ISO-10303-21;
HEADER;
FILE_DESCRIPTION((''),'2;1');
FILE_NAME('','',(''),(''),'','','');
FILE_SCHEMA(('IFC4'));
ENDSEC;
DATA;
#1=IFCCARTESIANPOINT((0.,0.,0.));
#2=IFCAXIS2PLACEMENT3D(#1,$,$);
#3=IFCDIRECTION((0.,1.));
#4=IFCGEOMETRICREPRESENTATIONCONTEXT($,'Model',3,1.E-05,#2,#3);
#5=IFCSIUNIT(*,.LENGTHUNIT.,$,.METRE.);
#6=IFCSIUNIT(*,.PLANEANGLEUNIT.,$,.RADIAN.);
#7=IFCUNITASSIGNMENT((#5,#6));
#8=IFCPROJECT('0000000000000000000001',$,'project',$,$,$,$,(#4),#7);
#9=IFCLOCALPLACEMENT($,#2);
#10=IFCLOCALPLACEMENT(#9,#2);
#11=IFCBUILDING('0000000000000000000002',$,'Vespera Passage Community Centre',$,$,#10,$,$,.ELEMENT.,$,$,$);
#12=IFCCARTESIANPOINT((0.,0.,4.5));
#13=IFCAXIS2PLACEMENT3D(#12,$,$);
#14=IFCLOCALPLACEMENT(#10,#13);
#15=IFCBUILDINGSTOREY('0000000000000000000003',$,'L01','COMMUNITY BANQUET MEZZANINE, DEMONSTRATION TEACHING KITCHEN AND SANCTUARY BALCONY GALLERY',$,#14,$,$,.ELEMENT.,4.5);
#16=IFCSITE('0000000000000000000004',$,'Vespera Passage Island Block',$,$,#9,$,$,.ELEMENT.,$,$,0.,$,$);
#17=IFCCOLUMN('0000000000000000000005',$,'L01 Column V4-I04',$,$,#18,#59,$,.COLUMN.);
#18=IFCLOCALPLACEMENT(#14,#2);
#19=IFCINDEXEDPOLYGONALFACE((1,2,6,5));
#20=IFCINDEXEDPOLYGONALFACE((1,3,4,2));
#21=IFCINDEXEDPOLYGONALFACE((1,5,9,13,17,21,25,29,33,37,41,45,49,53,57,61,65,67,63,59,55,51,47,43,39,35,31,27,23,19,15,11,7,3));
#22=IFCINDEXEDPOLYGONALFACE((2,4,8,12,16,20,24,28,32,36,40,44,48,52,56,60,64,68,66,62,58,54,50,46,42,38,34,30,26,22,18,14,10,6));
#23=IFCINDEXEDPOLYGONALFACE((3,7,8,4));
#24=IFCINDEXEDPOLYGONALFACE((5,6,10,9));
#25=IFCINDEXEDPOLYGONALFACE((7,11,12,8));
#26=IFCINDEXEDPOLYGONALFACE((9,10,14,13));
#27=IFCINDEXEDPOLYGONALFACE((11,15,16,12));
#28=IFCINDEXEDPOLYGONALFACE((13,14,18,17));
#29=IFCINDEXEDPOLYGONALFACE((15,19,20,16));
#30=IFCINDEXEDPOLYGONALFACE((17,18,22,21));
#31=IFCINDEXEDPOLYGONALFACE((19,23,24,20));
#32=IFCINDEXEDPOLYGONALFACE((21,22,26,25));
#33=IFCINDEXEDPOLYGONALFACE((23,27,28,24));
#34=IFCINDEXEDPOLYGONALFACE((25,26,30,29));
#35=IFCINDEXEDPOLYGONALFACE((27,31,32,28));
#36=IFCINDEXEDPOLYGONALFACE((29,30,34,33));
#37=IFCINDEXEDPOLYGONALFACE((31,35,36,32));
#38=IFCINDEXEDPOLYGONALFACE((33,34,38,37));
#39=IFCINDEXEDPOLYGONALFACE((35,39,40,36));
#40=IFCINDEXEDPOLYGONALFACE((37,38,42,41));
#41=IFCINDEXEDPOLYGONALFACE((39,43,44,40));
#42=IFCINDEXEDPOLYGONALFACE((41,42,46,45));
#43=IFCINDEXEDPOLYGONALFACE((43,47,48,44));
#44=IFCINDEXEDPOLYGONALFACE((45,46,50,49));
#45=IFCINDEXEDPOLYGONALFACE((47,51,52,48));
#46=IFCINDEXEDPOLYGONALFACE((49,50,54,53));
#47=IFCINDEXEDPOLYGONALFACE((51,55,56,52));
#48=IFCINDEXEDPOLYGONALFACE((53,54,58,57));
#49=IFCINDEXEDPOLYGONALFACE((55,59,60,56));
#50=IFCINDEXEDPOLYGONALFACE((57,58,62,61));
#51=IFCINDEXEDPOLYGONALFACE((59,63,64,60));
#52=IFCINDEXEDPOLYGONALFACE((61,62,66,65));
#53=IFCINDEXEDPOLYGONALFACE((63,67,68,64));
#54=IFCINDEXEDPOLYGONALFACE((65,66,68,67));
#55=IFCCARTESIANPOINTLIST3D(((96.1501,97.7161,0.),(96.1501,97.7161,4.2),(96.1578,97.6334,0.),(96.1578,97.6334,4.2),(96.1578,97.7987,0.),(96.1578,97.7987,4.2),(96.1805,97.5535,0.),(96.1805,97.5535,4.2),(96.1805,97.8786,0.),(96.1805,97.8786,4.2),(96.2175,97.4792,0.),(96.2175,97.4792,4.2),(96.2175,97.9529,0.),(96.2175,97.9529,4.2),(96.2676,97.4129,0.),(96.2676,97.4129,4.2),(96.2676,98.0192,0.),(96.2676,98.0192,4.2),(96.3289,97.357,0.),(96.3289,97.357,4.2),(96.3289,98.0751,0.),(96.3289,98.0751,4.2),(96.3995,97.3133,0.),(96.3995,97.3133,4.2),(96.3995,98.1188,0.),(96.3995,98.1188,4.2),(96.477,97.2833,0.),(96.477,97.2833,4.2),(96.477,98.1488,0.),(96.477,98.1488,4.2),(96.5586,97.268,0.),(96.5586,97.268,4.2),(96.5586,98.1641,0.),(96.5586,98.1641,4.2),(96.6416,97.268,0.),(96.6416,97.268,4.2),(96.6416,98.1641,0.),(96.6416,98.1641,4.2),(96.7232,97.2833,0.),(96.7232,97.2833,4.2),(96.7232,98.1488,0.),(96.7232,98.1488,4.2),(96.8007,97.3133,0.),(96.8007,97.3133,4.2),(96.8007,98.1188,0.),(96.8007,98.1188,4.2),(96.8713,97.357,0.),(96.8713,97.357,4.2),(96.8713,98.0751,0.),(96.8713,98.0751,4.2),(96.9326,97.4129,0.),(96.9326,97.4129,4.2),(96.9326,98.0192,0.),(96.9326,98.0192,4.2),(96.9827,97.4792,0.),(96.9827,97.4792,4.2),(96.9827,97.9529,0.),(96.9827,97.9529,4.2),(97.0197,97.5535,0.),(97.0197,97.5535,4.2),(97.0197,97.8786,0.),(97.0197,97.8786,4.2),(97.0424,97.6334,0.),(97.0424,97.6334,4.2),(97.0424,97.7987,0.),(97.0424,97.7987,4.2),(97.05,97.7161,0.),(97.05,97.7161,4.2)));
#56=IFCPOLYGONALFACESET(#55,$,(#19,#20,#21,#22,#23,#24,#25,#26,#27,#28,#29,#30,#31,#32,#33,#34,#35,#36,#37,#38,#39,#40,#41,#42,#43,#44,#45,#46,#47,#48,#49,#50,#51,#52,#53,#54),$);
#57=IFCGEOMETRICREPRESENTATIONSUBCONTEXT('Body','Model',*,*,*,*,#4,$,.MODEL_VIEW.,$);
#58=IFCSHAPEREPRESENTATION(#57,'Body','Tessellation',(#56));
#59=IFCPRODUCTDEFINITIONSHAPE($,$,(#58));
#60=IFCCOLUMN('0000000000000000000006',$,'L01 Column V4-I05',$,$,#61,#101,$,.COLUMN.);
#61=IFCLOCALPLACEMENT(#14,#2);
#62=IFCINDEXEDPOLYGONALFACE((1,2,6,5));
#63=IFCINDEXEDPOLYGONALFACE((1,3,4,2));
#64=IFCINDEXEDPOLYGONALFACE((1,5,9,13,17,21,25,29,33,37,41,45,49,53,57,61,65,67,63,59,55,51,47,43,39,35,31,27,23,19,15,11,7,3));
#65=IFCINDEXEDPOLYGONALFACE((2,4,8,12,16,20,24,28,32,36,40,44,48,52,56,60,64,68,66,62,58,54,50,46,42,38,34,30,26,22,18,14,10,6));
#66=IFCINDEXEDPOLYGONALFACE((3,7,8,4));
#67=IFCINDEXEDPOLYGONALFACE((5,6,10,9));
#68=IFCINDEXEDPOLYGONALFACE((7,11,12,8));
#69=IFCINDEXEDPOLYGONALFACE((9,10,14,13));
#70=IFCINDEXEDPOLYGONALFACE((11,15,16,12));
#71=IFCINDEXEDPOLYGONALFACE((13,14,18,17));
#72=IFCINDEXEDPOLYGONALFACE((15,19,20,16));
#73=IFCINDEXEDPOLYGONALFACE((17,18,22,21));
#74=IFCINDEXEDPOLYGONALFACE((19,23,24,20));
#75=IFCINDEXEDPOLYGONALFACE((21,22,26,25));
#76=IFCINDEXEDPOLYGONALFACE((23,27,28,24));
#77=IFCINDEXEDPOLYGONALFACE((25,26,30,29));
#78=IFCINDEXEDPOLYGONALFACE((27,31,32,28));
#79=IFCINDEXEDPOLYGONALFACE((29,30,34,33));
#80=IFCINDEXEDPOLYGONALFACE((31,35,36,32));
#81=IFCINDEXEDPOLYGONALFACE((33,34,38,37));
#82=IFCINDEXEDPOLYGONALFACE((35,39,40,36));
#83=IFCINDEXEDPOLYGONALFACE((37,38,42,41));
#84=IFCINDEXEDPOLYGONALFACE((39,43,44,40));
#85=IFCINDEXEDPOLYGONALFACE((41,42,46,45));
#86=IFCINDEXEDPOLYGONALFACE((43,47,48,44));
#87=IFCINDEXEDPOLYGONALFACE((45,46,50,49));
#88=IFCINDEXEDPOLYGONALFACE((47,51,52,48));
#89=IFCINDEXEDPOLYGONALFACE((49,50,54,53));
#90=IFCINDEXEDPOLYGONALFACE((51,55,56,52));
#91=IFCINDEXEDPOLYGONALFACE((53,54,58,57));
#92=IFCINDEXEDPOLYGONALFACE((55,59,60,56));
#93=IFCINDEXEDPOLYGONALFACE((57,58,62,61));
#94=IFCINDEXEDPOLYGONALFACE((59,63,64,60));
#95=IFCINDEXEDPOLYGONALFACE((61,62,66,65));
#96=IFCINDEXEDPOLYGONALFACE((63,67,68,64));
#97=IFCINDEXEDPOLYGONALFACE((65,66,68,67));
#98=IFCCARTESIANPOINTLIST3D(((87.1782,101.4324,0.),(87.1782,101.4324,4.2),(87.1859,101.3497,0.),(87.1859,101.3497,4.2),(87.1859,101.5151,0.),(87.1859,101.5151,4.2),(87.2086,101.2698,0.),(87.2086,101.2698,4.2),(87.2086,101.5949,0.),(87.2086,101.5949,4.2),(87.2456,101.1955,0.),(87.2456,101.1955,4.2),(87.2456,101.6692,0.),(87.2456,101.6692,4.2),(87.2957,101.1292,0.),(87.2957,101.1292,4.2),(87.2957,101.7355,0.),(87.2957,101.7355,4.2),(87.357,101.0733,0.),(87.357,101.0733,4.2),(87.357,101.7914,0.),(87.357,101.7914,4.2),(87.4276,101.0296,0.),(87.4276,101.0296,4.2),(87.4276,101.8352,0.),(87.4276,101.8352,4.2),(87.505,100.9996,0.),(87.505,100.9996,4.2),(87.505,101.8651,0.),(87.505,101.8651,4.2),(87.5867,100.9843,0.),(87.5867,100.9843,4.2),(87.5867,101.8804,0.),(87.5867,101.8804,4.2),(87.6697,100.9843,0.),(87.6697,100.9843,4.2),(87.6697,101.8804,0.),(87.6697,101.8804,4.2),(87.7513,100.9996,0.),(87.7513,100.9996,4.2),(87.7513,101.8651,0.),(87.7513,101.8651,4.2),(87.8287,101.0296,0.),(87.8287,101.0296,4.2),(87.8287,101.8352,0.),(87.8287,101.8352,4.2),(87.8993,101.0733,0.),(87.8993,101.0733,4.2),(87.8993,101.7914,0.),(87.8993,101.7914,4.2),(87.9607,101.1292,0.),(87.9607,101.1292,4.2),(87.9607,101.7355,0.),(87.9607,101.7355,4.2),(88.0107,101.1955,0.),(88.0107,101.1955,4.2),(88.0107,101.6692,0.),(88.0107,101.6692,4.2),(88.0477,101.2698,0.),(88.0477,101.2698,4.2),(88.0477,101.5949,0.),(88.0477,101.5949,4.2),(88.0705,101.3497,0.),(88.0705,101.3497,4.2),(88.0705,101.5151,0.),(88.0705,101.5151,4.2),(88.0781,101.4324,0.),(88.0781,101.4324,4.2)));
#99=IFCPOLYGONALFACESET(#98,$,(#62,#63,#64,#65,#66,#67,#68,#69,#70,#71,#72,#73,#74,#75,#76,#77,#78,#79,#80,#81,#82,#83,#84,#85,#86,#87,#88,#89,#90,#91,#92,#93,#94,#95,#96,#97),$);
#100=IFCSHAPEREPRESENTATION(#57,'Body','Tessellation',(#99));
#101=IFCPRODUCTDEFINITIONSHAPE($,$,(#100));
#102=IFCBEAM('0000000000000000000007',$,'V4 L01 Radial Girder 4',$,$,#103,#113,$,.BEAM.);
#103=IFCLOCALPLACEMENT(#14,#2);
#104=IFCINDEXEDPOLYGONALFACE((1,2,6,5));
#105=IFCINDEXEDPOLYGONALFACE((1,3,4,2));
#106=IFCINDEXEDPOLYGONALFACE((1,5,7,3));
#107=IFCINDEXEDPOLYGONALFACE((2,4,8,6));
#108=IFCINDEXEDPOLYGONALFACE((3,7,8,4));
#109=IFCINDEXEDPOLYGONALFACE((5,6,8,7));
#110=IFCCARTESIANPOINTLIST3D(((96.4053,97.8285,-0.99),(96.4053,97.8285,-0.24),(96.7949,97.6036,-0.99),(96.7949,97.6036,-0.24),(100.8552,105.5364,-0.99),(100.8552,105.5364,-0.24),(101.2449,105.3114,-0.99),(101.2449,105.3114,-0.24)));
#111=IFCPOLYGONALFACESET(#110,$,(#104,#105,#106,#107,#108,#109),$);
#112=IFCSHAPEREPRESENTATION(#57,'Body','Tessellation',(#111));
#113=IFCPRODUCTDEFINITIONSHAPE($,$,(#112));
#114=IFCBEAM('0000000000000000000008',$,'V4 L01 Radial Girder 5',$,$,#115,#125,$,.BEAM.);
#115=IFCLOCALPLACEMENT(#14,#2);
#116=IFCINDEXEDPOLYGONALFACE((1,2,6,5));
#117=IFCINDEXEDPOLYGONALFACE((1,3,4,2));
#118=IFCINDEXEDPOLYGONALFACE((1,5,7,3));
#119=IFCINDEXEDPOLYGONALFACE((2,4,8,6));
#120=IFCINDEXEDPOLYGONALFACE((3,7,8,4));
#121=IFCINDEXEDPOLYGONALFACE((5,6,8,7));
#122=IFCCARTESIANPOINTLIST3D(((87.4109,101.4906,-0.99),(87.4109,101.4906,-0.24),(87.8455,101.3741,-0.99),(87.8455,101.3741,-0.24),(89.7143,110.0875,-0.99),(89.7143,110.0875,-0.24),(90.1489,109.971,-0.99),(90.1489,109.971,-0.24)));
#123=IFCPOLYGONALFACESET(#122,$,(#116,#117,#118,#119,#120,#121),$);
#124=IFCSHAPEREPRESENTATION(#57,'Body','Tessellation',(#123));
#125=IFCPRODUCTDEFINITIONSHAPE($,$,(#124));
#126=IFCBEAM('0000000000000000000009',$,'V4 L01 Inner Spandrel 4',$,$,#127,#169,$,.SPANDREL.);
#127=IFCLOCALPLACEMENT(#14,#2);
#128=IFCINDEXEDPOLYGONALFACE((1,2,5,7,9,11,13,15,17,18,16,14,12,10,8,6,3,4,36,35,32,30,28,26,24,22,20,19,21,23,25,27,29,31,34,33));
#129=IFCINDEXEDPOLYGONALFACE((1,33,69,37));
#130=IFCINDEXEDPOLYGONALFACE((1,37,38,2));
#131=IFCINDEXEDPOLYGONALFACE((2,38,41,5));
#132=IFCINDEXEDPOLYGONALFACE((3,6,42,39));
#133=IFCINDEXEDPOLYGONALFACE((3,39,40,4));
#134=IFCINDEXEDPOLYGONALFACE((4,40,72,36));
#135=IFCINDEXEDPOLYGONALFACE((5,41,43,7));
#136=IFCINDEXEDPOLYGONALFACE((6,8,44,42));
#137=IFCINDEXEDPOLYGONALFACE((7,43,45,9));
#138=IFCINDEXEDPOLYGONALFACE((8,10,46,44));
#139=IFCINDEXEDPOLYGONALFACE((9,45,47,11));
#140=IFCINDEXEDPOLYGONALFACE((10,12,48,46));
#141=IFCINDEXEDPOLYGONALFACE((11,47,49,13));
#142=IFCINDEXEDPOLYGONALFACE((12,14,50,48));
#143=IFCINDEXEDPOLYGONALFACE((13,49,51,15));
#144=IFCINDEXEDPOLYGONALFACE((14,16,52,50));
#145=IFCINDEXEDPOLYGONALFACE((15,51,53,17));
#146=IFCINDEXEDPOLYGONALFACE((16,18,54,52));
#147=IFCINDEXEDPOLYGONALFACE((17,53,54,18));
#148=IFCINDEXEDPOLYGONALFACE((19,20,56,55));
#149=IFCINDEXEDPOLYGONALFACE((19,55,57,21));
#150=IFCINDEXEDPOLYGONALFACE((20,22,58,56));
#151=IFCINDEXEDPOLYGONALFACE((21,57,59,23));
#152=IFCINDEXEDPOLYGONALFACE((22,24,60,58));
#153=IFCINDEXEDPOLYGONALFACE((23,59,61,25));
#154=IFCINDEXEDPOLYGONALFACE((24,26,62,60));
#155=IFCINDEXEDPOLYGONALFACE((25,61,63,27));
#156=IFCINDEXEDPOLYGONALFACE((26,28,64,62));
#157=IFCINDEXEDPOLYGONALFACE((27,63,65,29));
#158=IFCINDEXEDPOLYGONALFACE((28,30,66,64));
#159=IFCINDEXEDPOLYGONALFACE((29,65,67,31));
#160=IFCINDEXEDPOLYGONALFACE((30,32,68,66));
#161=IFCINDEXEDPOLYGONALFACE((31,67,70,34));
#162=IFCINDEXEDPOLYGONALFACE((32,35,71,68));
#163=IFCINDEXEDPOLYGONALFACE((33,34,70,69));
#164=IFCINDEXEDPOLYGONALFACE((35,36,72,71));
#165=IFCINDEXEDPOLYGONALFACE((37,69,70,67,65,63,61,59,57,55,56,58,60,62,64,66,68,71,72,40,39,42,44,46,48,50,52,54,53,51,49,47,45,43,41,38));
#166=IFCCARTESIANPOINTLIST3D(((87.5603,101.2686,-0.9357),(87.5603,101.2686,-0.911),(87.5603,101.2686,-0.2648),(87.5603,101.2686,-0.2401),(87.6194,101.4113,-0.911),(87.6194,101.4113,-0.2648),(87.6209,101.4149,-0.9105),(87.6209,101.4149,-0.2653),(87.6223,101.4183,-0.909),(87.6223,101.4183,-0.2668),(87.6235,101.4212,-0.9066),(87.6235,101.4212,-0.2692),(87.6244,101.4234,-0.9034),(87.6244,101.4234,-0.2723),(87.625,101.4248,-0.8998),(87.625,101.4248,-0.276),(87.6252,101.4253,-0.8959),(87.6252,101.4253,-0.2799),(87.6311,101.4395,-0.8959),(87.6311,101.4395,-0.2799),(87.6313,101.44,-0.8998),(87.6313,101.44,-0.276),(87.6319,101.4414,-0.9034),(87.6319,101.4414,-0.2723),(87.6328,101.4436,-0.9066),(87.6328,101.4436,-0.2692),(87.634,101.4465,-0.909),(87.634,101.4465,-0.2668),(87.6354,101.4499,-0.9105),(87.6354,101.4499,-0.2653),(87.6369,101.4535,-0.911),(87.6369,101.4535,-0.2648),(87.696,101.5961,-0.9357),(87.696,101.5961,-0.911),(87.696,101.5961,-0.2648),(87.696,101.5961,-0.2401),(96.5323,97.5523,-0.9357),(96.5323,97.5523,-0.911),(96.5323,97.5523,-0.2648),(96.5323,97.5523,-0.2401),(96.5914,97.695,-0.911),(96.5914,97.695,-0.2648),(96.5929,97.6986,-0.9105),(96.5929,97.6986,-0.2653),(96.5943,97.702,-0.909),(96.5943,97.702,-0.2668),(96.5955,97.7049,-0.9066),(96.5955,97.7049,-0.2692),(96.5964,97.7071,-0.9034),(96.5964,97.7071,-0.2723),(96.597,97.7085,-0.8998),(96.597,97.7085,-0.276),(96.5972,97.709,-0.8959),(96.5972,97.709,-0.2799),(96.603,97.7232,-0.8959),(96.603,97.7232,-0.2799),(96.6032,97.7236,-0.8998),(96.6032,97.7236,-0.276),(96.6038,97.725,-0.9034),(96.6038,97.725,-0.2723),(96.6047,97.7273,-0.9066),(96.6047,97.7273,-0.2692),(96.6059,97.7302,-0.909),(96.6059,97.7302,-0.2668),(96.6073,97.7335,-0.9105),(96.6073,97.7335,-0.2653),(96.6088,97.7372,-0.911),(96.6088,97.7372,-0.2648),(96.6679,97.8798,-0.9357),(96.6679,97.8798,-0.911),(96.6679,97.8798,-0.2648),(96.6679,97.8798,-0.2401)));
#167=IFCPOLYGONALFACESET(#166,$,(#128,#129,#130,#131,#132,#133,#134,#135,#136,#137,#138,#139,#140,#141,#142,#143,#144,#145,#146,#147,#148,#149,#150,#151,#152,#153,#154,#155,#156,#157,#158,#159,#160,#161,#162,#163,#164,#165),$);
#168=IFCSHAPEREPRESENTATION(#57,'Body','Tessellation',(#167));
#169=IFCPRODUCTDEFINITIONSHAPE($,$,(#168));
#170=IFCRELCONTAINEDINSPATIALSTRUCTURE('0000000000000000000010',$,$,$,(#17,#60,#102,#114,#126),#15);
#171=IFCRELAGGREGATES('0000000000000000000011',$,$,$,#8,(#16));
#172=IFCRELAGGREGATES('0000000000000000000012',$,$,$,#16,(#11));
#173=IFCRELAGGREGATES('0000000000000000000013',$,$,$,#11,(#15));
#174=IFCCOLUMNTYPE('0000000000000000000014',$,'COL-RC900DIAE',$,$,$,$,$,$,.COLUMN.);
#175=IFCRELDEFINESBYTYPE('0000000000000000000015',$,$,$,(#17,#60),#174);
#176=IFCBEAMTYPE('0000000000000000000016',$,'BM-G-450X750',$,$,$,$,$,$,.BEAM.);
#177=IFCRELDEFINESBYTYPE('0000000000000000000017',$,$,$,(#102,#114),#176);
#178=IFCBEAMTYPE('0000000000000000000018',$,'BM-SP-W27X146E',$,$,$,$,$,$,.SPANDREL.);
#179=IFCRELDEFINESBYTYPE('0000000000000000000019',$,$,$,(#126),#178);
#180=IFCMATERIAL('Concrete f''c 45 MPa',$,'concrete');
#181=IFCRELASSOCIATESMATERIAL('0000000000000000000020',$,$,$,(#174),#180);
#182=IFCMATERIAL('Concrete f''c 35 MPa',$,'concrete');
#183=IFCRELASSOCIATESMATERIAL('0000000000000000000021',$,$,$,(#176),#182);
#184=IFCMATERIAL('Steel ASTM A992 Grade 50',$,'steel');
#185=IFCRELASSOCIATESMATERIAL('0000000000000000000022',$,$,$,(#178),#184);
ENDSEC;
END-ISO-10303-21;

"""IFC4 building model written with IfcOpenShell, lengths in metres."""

from ifc_helpers import new_model, si_unit, direction, frame, origin, origin_2d, place, context, subcontext, project, spatial, rectangle, circle, i_section, extrude, material, material_profile, profile_set, type_object, element, save


model = new_model("IFC4")

# Units and contexts
model_context = context("Model", 3, precision=1e-05, world=origin(), true_north=direction((0.0, 1.0)))
body_context = subcontext(model_context, "Body", "Model", "MODEL_VIEW")
ifc_project = project(units=[si_unit("LENGTHUNIT", "METRE"), si_unit("PLANEANGLEUNIT", "RADIAN")], contexts=[model_context])

# Site, building, storey
site_placement = place(None, origin())
site = spatial("IfcSite", under=ifc_project, at=site_placement, Name="Vespera Passage Island Block", CompositionType="ELEMENT", RefElevation=0.0)
building_placement = place(site_placement, origin())
building = spatial("IfcBuilding", under=site, at=building_placement, Name="Vespera Passage Community Centre", CompositionType="ELEMENT")
storey_placement = place(building_placement, frame((0.0, 0.0, 4.5)))
storey = spatial("IfcBuildingStorey", under=building, at=storey_placement, Name="L01", Description="COMMUNITY BANQUET MEZZANINE, DEMONSTRATION TEACHING KITCHEN AND SANCTUARY BALCONY GALLERY", CompositionType="ELEMENT", Elevation=4.5)

# Columns
ifc_material_1 = material(Name="Concrete f'c 45 MPa", Category="concrete")
ifc_material_profile_1 = material_profile(ifc_material_1, circle(Radius=0.45, at=origin_2d()), Name="RC900DIA")
ifc_profile_set_1 = profile_set([ifc_material_profile_1], Name="Concrete f'c 45 MPa")
column_type = type_object("IfcColumnType", Name="COL-RC900DIAE", PredefinedType="COLUMN", material=ifc_profile_set_1)
for number, where, z_axis, x_axis, name in (
    (1, (96.6001, 97.7161, 0.0), (0.0, 0.0, 1.0), (1.0, 0.0, 0.0), "L01 Column V4-I04"),
    (2, (87.6282, 101.4324, 0.0), (0.0, 0.0, 1.0), (1.0, 0.0, 0.0), "L01 Column V4-I05"),
):
    element("IfcColumn", number, at=place(storey_placement, frame(where, z_axis=z_axis, x_axis=x_axis)), inside=storey, type_object=column_type, Name=name, PredefinedType="COLUMN", context=body_context, shape_type="SweptSolid", body=[
        extrude(circle(Radius=0.45, at=origin_2d()), origin(), (0.0, 0.0, 1.0), 4.2),
    ])

# Beams
ifc_material_2 = material(Name="Concrete f'c 35 MPa", Category="concrete")
ifc_material_profile_2 = material_profile(ifc_material_2, rectangle(XDim=0.45, YDim=0.75, at=origin_2d()), Name="RC450X750")
ifc_profile_set_2 = profile_set([ifc_material_profile_2], Name="Concrete f'c 35 MPa")
beam_type_1 = type_object("IfcBeamType", Name="BM-G-450X750", PredefinedType="BEAM", material=ifc_profile_set_2)
for number, where, z_axis, x_axis, name in (
    (3, (96.6001, 97.7161, -0.615), (0.499989, 0.866032, 0.0), (-0.866032, 0.499989, 0.0), "V4 L01 Radial Girder 4"),
    (4, (87.6282, 101.4324, -0.615), (0.258811, 0.965928, 0.0), (-0.965928, 0.258811, 0.0), "V4 L01 Radial Girder 5"),
):
    element("IfcBeam", number, at=place(storey_placement, frame(where, z_axis=z_axis, x_axis=x_axis)), inside=storey, type_object=beam_type_1, Name=name, PredefinedType="BEAM", context=body_context, shape_type="SweptSolid", body=[
        extrude(rectangle(XDim=0.45, YDim=0.75, at=origin_2d()), origin(), (0.0, 0.0, 1.0), 8.9001),
    ])
ifc_material_3 = material(Name="Steel ASTM A992 Grade 50", Category="steel")
ifc_material_profile_3 = material_profile(ifc_material_3, i_section(OverallWidth=0.3545, OverallDepth=0.6956, WebThickness=0.0154, FlangeThickness=0.0247, FilletRadius=0.0151, at=origin_2d()), Name="W27X146")
ifc_profile_set_3 = profile_set([ifc_material_profile_3], Name="Steel ASTM A992 Grade 50")
beam_type_2 = type_object("IfcBeamType", Name="BM-SP-W27X146E", PredefinedType="SPANDREL", material=ifc_profile_set_3)
for number, where, z_axis, x_axis, name in (
    (5, (96.6001, 97.7161, -0.5879), (-0.923879, 0.382685, 0.0), (-0.382685, -0.923879, 0.0), "V4 L01 Inner Spandrel 4"),
):
    element("IfcBeam", number, at=place(storey_placement, frame(where, z_axis=z_axis, x_axis=x_axis)), inside=storey, type_object=beam_type_2, Name=name, PredefinedType="SPANDREL", context=body_context, shape_type="SweptSolid", body=[
        extrude(i_section(OverallWidth=0.3545, OverallDepth=0.6956, WebThickness=0.0154, FlangeThickness=0.0247, FilletRadius=0.0151, at=origin_2d()), origin(), (0.0, 0.0, 1.0), 9.7112),
    ])

save(model, "model.ifc")
